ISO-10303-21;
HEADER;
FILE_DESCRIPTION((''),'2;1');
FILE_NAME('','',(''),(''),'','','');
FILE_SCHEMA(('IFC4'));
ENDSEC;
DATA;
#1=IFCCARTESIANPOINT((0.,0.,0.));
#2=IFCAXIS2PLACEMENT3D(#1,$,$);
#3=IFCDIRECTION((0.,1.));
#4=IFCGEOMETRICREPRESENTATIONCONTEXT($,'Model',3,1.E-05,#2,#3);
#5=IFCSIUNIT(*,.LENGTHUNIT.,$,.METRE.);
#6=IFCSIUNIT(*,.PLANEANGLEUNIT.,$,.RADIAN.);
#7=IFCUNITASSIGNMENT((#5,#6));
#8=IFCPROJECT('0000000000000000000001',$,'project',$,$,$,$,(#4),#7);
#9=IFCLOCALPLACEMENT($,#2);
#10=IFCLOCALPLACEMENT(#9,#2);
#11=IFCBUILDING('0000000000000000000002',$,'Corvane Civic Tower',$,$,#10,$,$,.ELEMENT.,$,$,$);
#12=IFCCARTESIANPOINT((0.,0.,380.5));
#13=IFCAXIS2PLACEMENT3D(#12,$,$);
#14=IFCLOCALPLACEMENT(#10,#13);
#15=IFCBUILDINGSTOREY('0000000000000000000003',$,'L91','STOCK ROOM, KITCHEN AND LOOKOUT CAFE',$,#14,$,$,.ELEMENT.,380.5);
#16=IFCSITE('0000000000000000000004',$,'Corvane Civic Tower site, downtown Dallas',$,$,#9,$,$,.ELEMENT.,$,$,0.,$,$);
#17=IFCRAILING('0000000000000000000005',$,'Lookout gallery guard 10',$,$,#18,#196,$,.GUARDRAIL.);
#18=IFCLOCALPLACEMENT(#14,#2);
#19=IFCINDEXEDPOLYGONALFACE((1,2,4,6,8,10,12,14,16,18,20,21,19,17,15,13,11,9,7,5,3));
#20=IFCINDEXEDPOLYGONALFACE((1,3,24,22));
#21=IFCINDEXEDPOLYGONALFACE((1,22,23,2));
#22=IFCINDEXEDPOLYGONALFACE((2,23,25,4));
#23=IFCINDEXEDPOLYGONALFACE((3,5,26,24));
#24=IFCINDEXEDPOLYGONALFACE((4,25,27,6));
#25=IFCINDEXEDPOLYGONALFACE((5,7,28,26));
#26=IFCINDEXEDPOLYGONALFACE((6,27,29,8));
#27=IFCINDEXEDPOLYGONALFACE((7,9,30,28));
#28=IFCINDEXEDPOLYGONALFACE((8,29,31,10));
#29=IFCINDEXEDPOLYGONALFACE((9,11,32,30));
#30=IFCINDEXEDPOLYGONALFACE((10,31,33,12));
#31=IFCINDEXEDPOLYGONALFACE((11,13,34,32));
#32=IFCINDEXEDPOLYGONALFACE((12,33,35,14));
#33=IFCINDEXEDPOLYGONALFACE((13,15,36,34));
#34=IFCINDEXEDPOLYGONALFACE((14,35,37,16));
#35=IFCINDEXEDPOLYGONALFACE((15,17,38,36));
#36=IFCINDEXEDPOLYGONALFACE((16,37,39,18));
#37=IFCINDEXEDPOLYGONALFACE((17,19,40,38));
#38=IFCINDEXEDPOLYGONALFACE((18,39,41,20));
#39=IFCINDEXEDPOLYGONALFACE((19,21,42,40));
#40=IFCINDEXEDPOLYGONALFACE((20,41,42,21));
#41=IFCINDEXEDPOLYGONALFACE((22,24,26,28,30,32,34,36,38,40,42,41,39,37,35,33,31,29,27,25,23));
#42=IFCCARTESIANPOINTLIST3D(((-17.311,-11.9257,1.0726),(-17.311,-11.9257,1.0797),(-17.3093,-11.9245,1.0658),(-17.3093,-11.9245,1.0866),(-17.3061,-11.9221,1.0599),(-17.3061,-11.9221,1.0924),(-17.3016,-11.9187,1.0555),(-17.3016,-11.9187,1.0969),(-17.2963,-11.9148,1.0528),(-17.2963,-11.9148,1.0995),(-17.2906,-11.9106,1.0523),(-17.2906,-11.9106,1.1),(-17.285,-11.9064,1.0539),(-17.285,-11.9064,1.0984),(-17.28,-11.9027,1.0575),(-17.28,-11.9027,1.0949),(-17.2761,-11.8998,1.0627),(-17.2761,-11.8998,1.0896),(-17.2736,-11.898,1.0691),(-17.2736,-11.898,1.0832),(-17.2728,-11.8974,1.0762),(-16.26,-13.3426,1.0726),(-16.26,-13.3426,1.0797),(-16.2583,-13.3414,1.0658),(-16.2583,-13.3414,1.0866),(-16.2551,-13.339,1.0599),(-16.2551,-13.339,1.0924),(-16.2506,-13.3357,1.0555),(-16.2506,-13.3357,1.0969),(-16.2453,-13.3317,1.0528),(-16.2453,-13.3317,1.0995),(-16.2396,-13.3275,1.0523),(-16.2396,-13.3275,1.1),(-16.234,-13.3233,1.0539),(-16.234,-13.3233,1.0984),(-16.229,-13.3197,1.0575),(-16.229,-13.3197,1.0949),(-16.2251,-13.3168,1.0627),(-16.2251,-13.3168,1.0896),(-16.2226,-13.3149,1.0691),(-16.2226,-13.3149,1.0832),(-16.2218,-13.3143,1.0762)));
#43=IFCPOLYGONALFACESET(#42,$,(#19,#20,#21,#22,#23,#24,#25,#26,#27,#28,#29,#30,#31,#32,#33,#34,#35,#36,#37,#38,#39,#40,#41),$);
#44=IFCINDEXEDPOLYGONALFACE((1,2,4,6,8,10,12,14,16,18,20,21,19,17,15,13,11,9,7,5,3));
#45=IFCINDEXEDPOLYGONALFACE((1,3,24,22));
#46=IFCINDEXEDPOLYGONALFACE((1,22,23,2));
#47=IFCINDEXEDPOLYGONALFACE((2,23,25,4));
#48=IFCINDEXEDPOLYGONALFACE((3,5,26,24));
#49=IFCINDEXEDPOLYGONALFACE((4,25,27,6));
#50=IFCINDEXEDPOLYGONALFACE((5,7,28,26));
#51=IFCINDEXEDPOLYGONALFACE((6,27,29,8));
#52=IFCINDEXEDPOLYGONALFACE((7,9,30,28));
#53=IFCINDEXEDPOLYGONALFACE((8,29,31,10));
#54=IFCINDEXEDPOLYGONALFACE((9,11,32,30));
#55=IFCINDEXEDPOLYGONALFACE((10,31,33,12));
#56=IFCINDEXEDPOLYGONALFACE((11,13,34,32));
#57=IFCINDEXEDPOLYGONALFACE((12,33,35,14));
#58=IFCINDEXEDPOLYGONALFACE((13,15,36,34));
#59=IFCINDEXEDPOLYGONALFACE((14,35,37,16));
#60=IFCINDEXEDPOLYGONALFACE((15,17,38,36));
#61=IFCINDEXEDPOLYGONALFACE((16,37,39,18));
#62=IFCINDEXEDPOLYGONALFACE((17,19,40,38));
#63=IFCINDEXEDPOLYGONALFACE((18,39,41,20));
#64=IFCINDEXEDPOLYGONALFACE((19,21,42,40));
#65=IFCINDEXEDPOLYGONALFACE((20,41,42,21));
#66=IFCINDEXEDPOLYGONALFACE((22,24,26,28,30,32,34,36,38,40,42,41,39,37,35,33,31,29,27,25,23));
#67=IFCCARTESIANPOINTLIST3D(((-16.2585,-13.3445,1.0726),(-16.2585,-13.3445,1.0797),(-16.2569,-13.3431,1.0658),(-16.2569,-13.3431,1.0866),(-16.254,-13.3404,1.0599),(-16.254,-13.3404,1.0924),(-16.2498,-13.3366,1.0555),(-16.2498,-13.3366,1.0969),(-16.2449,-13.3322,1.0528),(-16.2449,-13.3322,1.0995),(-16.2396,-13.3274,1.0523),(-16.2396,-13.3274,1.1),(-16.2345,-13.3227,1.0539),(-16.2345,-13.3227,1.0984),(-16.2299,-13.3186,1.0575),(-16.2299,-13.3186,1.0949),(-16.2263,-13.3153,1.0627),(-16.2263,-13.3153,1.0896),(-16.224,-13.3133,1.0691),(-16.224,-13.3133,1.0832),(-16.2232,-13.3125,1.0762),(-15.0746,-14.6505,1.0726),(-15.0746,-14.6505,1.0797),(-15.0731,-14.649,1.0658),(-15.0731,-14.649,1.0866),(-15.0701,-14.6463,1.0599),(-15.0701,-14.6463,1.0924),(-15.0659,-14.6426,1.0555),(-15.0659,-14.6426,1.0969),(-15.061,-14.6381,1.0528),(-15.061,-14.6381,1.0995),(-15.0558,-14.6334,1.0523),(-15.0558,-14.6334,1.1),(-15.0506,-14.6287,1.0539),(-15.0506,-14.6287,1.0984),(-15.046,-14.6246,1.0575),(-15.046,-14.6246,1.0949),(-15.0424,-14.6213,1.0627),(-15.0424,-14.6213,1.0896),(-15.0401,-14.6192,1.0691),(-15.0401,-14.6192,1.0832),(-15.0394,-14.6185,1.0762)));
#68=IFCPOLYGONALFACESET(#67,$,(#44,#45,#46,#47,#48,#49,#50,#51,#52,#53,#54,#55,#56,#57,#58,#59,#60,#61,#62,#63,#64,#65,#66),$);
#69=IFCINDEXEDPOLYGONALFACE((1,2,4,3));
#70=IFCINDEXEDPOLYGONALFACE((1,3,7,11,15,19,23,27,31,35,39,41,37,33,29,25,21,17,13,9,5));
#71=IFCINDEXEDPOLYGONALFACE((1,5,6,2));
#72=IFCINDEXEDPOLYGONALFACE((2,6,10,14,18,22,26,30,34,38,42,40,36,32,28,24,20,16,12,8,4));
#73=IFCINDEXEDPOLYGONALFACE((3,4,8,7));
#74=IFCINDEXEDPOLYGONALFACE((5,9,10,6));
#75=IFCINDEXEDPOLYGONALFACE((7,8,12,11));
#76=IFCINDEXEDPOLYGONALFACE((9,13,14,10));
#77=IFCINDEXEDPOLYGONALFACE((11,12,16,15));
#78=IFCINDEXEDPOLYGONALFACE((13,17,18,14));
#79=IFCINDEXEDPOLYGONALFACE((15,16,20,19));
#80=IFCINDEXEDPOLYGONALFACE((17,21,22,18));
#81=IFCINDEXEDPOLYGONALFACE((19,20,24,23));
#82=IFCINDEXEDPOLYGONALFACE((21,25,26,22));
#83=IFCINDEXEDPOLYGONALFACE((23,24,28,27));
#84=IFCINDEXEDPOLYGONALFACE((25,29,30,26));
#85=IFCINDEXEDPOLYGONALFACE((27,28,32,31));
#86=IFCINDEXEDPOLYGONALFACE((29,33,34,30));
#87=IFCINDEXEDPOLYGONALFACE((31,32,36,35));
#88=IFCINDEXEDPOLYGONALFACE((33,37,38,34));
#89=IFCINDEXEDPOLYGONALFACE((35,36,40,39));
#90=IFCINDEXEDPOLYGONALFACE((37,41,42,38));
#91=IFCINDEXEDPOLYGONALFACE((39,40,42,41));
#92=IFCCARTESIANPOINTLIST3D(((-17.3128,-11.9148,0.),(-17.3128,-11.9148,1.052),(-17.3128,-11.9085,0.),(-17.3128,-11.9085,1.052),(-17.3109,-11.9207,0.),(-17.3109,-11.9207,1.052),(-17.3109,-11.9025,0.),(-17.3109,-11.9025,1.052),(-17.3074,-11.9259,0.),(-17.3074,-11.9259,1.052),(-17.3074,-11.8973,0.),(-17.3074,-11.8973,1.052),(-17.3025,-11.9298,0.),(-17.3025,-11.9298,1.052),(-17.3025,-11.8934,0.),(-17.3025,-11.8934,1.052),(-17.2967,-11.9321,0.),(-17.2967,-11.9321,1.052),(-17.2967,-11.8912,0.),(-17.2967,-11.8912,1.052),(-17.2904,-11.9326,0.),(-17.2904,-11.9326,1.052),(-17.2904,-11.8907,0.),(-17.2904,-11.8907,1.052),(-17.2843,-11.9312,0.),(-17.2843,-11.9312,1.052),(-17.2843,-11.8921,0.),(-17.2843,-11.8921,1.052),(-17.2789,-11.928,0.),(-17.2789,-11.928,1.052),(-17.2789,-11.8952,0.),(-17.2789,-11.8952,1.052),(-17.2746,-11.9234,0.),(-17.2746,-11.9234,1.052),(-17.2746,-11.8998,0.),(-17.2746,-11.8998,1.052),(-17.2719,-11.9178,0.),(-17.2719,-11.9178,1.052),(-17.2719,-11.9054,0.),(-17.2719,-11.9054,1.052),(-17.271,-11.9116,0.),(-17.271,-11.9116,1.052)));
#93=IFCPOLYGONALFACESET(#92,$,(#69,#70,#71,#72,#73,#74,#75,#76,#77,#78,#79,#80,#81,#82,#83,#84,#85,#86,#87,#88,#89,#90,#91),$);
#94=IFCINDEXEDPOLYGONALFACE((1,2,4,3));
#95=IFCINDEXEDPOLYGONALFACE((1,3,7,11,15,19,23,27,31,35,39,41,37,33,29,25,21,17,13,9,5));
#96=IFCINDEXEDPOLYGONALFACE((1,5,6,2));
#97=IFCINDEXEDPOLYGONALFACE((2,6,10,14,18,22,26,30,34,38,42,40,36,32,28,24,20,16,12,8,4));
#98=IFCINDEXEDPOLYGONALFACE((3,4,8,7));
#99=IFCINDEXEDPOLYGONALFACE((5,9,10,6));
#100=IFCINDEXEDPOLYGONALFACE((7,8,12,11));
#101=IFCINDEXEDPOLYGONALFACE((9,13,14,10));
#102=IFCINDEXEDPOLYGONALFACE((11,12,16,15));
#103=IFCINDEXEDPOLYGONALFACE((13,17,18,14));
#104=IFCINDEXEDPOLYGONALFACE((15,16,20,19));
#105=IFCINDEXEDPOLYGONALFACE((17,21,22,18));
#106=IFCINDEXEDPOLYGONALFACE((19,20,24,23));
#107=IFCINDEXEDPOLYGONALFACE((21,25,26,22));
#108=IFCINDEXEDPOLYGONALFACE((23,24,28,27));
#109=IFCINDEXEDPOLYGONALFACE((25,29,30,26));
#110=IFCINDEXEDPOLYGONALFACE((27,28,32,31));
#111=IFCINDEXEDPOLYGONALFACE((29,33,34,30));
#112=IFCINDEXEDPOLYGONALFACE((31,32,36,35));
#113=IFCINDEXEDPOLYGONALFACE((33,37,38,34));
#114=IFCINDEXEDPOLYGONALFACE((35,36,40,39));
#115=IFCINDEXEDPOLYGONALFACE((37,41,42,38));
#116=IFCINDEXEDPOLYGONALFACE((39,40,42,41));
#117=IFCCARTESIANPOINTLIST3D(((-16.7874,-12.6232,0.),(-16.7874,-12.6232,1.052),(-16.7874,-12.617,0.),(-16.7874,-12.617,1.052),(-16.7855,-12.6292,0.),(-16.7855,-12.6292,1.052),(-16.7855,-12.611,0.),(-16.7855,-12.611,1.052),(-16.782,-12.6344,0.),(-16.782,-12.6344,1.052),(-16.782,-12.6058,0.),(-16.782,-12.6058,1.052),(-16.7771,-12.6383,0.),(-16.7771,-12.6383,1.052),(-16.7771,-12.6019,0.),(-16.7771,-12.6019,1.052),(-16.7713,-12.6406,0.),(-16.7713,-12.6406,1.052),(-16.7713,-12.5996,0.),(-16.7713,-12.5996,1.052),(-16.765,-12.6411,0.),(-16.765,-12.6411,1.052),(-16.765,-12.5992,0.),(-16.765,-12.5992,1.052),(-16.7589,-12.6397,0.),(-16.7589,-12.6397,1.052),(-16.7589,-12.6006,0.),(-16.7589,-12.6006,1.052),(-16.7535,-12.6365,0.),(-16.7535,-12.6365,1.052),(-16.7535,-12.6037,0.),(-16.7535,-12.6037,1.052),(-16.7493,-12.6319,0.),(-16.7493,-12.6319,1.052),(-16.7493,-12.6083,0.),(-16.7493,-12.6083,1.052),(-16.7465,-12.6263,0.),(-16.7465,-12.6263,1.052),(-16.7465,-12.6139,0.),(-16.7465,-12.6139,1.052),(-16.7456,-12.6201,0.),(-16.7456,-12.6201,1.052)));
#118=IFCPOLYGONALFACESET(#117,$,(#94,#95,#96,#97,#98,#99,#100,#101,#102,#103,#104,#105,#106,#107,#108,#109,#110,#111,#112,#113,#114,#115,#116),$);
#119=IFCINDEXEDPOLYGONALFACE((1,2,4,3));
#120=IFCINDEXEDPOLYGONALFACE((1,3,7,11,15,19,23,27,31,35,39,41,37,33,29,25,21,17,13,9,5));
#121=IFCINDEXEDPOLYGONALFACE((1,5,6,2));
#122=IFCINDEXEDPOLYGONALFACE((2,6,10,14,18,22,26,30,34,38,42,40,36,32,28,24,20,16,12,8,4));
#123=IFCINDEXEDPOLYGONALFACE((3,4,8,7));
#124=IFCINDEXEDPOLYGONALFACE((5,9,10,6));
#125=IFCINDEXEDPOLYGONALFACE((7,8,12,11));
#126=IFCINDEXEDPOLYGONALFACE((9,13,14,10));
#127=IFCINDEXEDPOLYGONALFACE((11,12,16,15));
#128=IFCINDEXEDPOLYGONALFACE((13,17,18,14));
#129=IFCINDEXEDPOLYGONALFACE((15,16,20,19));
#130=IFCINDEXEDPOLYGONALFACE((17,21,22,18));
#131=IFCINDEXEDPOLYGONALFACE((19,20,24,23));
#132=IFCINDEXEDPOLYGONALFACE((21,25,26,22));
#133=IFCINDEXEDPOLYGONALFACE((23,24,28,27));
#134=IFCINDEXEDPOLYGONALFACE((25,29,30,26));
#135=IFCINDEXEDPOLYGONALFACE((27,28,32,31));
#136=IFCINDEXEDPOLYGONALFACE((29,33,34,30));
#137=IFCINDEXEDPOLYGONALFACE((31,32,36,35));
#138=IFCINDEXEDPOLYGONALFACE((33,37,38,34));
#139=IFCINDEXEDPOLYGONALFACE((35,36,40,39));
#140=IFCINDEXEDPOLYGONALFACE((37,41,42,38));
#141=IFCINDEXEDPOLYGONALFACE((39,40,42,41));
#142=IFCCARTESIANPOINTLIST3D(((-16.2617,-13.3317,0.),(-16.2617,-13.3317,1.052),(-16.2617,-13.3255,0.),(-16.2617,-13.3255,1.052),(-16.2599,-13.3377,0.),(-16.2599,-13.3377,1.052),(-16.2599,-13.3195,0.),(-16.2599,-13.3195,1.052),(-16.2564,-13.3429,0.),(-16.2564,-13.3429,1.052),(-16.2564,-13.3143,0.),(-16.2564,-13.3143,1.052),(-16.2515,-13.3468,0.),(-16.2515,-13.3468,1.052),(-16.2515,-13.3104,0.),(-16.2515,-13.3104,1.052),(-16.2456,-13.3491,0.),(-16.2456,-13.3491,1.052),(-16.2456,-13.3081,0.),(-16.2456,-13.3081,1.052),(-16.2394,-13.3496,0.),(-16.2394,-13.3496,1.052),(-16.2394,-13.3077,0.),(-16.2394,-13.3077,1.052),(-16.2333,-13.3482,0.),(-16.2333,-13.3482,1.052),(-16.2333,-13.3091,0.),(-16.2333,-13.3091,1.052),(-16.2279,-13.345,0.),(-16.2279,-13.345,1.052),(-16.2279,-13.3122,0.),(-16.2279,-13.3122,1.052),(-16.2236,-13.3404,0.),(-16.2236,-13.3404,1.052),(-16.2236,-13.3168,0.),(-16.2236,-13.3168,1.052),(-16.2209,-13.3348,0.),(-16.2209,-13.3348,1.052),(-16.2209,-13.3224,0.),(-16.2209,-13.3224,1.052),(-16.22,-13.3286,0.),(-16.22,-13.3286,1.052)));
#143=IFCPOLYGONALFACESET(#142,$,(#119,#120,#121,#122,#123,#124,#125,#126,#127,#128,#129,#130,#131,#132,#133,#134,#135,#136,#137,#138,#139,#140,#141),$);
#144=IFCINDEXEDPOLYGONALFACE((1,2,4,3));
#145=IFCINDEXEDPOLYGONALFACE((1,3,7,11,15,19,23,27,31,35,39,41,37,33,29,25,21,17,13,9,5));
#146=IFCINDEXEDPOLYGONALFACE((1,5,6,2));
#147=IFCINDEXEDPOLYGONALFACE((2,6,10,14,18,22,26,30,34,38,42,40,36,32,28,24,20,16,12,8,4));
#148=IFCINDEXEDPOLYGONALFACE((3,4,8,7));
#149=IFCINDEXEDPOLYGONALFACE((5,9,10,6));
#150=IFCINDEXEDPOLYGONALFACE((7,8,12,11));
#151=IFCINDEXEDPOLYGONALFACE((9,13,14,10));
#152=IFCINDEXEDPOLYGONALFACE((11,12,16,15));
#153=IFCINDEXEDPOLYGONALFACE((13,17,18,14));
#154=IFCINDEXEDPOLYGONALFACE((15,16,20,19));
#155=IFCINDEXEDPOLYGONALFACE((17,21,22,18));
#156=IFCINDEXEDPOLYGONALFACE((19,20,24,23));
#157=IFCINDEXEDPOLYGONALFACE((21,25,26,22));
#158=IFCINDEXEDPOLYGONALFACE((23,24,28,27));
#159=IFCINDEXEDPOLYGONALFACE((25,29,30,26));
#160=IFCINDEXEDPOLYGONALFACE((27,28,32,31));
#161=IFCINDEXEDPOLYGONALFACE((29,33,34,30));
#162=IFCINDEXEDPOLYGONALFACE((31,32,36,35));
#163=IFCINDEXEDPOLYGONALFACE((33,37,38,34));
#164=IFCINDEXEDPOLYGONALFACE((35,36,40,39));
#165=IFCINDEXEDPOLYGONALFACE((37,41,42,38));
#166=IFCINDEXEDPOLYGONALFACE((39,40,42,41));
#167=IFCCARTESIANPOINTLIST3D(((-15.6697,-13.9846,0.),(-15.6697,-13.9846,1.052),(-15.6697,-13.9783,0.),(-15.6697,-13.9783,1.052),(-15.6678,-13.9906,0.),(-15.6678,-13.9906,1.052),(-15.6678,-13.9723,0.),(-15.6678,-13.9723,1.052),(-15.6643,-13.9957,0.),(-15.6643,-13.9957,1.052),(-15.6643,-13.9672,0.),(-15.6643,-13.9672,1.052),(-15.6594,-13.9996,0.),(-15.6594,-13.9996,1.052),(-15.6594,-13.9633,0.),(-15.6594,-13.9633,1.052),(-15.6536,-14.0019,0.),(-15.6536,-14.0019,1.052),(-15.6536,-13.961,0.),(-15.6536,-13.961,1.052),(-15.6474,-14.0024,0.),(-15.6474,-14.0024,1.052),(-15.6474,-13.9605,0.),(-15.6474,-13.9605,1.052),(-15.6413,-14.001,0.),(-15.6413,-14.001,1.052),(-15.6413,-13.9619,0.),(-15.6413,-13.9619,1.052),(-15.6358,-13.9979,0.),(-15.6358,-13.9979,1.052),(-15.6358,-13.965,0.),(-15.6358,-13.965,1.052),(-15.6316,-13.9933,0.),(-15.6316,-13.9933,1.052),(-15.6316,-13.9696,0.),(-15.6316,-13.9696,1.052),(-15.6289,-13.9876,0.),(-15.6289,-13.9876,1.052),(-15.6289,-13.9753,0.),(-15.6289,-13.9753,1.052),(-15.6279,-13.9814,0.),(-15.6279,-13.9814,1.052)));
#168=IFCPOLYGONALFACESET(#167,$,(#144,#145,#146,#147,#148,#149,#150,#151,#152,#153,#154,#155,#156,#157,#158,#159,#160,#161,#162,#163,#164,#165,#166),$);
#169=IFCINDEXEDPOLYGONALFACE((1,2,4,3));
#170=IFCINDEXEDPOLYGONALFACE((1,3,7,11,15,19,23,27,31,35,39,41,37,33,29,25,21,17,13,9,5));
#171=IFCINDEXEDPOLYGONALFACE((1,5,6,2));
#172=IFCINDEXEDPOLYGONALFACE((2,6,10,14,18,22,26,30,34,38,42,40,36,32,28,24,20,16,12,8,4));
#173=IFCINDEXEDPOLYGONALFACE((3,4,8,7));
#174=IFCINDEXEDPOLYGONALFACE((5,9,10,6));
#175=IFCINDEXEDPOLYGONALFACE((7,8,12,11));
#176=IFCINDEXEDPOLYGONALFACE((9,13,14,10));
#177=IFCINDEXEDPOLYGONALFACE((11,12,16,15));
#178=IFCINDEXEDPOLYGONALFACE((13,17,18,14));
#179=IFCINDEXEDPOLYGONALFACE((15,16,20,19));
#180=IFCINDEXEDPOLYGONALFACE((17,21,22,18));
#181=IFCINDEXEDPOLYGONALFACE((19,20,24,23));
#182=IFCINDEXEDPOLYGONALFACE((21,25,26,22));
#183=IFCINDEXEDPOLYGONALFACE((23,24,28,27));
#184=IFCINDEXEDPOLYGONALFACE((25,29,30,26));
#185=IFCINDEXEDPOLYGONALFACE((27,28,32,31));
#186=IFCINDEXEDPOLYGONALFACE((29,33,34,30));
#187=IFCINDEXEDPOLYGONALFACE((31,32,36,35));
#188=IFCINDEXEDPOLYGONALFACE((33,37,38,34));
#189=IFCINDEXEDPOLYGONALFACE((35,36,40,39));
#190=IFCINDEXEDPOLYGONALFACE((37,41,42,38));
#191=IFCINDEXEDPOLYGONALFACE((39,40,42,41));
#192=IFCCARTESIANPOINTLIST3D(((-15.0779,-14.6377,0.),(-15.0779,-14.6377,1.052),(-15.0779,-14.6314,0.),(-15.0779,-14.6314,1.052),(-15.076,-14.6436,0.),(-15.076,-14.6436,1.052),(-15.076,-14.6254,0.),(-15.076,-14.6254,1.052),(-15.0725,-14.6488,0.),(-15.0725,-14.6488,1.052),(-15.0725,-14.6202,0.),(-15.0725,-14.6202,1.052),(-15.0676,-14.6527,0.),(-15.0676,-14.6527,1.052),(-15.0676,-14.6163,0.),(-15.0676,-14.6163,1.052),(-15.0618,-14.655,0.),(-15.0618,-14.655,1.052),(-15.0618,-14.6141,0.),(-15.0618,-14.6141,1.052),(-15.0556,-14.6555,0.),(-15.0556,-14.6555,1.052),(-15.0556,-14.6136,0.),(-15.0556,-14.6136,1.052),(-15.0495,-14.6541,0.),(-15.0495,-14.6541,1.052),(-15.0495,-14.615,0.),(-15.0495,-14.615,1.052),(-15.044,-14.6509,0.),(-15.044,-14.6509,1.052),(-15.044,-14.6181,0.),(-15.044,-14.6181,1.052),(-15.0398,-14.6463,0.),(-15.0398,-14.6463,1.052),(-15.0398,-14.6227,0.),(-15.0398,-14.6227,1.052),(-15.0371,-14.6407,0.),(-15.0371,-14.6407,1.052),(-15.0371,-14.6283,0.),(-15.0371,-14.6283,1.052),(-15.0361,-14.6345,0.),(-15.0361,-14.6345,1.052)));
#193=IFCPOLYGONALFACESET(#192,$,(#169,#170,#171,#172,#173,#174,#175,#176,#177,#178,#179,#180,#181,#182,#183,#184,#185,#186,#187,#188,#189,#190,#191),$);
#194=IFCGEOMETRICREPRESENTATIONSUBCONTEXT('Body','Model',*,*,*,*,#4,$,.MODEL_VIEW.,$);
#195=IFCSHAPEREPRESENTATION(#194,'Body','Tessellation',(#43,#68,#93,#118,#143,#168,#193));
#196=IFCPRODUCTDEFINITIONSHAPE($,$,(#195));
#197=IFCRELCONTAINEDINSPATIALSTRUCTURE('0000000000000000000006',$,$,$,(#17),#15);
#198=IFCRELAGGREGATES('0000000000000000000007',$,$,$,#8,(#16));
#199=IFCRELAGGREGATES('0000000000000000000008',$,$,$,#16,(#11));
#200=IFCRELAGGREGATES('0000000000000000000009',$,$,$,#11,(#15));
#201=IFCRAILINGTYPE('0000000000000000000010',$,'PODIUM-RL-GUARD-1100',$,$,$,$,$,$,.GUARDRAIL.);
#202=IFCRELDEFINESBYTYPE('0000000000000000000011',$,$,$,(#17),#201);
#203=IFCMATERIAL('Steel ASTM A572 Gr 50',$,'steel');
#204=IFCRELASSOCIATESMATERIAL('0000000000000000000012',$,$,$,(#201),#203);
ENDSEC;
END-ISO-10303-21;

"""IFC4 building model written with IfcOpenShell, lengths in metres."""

from ifc_helpers import new_model, si_unit, direction, frame, origin, origin_2d, place, context, subcontext, project, spatial, circle, extrude, material, type_object, element, save


model = new_model("IFC4")

# Units and contexts
model_context = context("Model", 3, precision=1e-05, world=origin(), true_north=direction((0.0, 1.0)))
body_context = subcontext(model_context, "Body", "Model", "MODEL_VIEW")
ifc_project = project(units=[si_unit("LENGTHUNIT", "METRE"), si_unit("PLANEANGLEUNIT", "RADIAN")], contexts=[model_context])

# Site, building, storey
site_placement = place(None, origin())
site = spatial("IfcSite", under=ifc_project, at=site_placement, Name="Corvane Civic Tower site, downtown Dallas", CompositionType="ELEMENT", RefElevation=0.0)
building_placement = place(site_placement, origin())
building = spatial("IfcBuilding", under=site, at=building_placement, Name="Corvane Civic Tower", CompositionType="ELEMENT")
storey_placement = place(building_placement, frame((0.0, 0.0, 380.5)))
storey = spatial("IfcBuildingStorey", under=building, at=storey_placement, Name="L91", Description="STOCK ROOM, KITCHEN AND LOOKOUT CAFE", CompositionType="ELEMENT", Elevation=380.5)

# Railing
ifc_material_1 = material(Name="Steel ASTM A572 Gr 50", Category="steel")
railing_type = type_object("IfcRailingType", Name="PODIUM-RL-GUARD-1100", PredefinedType="GUARDRAIL", material=ifc_material_1)
railing_1_placement = place(storey_placement, frame((-17.292, -11.9116, 0.0)))
element("IfcRailing", 1, at=railing_1_placement, inside=storey, type_object=railing_type, Name="Lookout gallery guard 10", PredefinedType="GUARDRAIL", context=body_context, shape_type="SweptSolid", body=[
    extrude(circle(Radius=0.0239, at=origin_2d()), frame((0.0, 0.0, 1.0762), z_axis=(0.59574, -0.803177, 0.0), x_axis=(0.803177, 0.59574, 0.0)), (0.0, 0.0, 1.0), 1.7642),
    extrude(circle(Radius=0.0239, at=origin_2d()), frame((1.051, -1.417, 1.0762), z_axis=(0.671631, -0.740886, 0.0), x_axis=(0.740886, 0.671631, 0.0)), (0.0, 0.0, 1.0), 1.7627),
    extrude(circle(Radius=0.021, at=origin_2d()), origin(), (0.0, 0.0, 1.0), 1.052),
    extrude(circle(Radius=0.021, at=origin_2d()), frame((0.5254, -0.7085, 0.0)), (0.0, 0.0, 1.0), 1.052),
    extrude(circle(Radius=0.021, at=origin_2d()), frame((1.051, -1.417, 0.0)), (0.0, 0.0, 1.0), 1.052),
    extrude(circle(Radius=0.021, at=origin_2d()), frame((1.6431, -2.0698, 0.0)), (0.0, 0.0, 1.0), 1.052),
    extrude(circle(Radius=0.021, at=origin_2d()), frame((2.2349, -2.7229, 0.0)), (0.0, 0.0, 1.0), 1.052),
])

save(model, "model.ifc")
